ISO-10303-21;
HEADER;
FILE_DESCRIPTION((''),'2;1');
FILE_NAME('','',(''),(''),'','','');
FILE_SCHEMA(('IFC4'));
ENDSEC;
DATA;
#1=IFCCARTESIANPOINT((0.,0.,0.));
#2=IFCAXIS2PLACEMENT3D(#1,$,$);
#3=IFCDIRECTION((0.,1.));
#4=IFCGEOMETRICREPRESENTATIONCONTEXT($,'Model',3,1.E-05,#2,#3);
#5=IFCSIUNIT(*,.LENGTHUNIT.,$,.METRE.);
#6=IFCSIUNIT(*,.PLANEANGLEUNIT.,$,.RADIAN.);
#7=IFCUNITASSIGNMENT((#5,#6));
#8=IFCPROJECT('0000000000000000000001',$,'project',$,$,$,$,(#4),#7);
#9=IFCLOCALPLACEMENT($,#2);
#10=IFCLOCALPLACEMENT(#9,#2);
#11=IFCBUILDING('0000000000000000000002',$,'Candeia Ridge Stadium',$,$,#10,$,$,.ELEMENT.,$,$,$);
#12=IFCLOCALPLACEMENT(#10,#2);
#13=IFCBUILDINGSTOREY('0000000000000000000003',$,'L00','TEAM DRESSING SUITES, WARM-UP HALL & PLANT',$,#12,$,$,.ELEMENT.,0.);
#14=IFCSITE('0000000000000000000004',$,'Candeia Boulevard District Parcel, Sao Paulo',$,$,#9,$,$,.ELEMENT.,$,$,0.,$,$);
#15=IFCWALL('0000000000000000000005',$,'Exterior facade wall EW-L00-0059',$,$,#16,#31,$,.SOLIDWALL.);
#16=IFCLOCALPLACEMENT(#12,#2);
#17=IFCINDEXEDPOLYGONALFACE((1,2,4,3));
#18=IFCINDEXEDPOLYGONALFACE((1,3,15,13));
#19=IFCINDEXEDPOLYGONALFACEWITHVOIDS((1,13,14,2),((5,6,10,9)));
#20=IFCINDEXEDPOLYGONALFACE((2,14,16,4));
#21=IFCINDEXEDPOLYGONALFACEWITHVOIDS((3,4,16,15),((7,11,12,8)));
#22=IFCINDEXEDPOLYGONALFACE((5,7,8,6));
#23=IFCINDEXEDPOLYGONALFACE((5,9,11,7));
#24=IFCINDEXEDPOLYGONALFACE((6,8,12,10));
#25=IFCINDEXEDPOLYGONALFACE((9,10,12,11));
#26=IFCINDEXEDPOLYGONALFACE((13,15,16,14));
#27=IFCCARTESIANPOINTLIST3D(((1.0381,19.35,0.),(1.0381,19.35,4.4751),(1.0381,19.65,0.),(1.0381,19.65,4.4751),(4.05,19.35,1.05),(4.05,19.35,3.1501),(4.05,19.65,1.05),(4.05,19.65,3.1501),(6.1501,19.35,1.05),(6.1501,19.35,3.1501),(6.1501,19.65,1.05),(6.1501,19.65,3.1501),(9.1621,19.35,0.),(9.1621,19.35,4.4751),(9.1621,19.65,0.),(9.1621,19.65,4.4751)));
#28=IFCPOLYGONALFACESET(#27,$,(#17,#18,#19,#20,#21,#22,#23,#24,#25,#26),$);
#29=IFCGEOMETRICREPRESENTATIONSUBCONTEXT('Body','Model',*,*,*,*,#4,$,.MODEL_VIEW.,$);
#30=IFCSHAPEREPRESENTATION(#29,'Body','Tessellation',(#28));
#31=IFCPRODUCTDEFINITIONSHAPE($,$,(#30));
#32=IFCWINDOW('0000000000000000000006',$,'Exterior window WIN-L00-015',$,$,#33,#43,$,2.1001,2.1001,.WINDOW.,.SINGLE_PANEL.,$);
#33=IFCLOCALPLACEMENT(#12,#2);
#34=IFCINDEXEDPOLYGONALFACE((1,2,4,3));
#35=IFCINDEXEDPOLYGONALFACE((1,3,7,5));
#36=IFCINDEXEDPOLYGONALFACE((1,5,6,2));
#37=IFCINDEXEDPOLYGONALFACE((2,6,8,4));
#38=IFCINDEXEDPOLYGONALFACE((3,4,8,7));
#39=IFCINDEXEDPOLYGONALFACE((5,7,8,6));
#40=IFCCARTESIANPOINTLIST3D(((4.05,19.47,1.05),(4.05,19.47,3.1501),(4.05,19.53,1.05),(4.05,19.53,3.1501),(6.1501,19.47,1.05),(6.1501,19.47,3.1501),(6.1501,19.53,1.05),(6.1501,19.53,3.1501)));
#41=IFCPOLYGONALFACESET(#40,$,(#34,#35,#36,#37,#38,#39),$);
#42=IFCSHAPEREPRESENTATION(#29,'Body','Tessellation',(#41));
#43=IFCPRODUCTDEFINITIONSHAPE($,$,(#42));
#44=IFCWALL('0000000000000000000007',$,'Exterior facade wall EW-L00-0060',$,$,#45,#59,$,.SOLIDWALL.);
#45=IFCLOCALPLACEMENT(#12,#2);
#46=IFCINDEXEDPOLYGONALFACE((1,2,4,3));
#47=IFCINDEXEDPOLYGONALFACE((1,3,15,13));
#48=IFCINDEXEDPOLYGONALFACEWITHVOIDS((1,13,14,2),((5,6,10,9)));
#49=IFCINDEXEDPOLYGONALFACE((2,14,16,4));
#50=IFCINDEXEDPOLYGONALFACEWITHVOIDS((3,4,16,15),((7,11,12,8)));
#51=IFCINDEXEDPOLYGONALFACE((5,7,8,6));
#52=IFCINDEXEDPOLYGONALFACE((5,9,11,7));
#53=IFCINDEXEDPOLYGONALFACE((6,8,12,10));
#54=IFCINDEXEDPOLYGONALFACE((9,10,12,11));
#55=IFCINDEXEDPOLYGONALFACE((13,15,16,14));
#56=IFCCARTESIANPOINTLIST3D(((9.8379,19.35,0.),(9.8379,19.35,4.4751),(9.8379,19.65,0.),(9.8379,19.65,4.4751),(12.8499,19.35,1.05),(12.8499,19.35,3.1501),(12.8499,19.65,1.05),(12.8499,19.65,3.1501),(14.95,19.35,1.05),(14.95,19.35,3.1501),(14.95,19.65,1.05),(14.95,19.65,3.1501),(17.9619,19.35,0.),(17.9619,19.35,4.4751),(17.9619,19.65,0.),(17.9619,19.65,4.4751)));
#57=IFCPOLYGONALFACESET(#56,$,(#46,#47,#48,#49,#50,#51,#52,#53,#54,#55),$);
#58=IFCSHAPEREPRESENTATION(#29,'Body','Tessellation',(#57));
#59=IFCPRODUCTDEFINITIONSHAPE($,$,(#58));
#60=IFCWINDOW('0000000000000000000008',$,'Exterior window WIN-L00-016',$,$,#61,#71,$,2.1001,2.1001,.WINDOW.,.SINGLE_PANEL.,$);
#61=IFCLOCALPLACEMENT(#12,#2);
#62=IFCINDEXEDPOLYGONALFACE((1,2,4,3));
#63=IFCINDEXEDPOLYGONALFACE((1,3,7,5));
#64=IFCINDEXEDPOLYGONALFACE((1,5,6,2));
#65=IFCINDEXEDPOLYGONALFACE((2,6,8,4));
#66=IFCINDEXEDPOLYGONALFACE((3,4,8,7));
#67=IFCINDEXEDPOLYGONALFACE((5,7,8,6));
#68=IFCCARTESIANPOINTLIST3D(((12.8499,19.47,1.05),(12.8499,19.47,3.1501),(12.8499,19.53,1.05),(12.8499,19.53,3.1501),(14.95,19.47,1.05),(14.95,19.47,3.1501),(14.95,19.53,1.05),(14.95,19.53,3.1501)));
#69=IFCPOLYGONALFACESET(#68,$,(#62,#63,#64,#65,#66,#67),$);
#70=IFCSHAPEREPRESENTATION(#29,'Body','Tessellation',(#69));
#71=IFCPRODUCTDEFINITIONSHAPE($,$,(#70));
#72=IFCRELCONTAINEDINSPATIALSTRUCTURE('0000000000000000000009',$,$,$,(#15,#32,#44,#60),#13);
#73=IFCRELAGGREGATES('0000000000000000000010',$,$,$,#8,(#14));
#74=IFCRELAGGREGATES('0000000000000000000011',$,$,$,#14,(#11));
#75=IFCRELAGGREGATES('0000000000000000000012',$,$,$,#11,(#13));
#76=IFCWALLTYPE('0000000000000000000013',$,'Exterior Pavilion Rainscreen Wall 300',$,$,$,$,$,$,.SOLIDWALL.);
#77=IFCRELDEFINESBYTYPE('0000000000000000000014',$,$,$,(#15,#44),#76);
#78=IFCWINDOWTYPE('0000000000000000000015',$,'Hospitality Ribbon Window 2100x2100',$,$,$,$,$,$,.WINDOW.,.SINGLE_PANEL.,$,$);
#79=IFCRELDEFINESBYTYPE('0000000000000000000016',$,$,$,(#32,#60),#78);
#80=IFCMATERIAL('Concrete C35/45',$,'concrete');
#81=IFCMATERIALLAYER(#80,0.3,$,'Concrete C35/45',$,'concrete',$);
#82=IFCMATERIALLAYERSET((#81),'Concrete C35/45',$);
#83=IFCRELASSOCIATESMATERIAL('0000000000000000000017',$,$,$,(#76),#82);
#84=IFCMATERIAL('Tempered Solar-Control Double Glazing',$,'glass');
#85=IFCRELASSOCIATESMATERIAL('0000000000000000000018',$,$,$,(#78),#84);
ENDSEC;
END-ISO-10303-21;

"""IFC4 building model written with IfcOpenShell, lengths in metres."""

from ifc_helpers import new_model, si_unit, direction, frame, frame_2d, origin, place, context, subcontext, project, spatial, rectangle, extrude, material, layer, layer_set, type_object, element, fill, save


model = new_model("IFC4")

# Units and contexts
model_context = context("Model", 3, precision=1e-05, world=origin(), true_north=direction((0.0, 1.0)))
body_context = subcontext(model_context, "Body", "Model", "MODEL_VIEW")
ifc_project = project(units=[si_unit("LENGTHUNIT", "METRE"), si_unit("PLANEANGLEUNIT", "RADIAN")], contexts=[model_context])

# Site, building, storey
site_placement = place(None, origin())
site = spatial("IfcSite", under=ifc_project, at=site_placement, Name="Candeia Boulevard District Parcel, Sao Paulo", CompositionType="ELEMENT", RefElevation=0.0)
building_placement = place(site_placement, origin())
building = spatial("IfcBuilding", under=site, at=building_placement, Name="Candeia Ridge Stadium", CompositionType="ELEMENT")
storey_placement = place(building_placement, origin())
storey = spatial("IfcBuildingStorey", under=building, at=storey_placement, Name="L00", Description="TEAM DRESSING SUITES, WARM-UP HALL & PLANT", CompositionType="ELEMENT", Elevation=0.0)

# Shared definitions
ifc_material_1 = material(Name="Concrete C35/45", Category="concrete")

# Walls, openings, windows
ifc_layer_1 = layer(ifc_material_1, 0.3, Name="Concrete C35/45", Category="concrete")
ifc_layer_set_1 = layer_set([ifc_layer_1], Name="Concrete C35/45")
wall_type_1 = type_object("IfcWallType", Name="Exterior Pavilion Rainscreen Wall 300", PredefinedType="SOLIDWALL", material=ifc_layer_set_1)
wall_1_placement = place(storey_placement, frame((1.0381, 19.5, 0.0), z_axis=(0.0, 0.0, 1.0), x_axis=(1.0, 0.0, 0.0)))
wall_1 = element("IfcWall", 1, at=wall_1_placement, inside=storey, type_object=wall_type_1, Name="Exterior facade wall EW-L00-0059", PredefinedType="SOLIDWALL", context=body_context, shape_type="SweptSolid", body=[
    extrude(rectangle(XDim=8.124, YDim=0.3, at=frame_2d((4.062, 0.0))), origin(), (0.0, 0.0, 1.0), 4.4751),
])
opening_1_placement = place(wall_1_placement, frame((3.012, 0.0, 1.05)))
opening_1 = element("IfcOpeningElement", 2, at=opening_1_placement, cuts=wall_1, PredefinedType="OPENING", context=body_context, shape_type="SweptSolid", body=[
    extrude(rectangle(XDim=2.1001, YDim=2.1001, at=frame_2d((1.05, 1.05))), frame((0.0, 0.1599, 0.0), z_axis=(0.0, -1.0, 0.0), x_axis=(1.0, 0.0, 0.0)), (0.0, 0.0, 1.0), 0.3201),
])
ifc_material_2 = material(Name="Tempered Solar-Control Double Glazing", Category="glass")
window_type = type_object("IfcWindowType", Name="Hospitality Ribbon Window 2100x2100", PartitioningType="SINGLE_PANEL", PredefinedType="WINDOW", material=ifc_material_2)
window_1_placement = place(opening_1_placement, origin())
window_1 = element("IfcWindow", 3, at=window_1_placement, inside=storey, type_object=window_type, Name="Exterior window WIN-L00-015", OverallHeight=2.1001, OverallWidth=2.1001, PartitioningType="SINGLE_PANEL", PredefinedType="WINDOW", context=body_context, shape_type="SweptSolid", body=[
    extrude(rectangle(XDim=2.1001, YDim=2.1001, at=frame_2d((1.05, 1.05))), frame((0.0, 0.03, 0.0), z_axis=(0.0, -1.0, 0.0), x_axis=(1.0, 0.0, 0.0)), (0.0, 0.0, 1.0), 0.0601),
])
fill(opening_1, window_1)
wall_2_placement = place(storey_placement, frame((9.8379, 19.5, 0.0), z_axis=(0.0, 0.0, 1.0), x_axis=(1.0, 0.0, 0.0)))
wall_2 = element("IfcWall", 4, at=wall_2_placement, inside=storey, type_object=wall_type_1, Name="Exterior facade wall EW-L00-0060", PredefinedType="SOLIDWALL", context=body_context, shape_type="SweptSolid", body=[
    extrude(rectangle(XDim=8.124, YDim=0.3, at=frame_2d((4.062, 0.0))), origin(), (0.0, 0.0, 1.0), 4.4751),
])
opening_2_placement = place(wall_2_placement, frame((3.012, 0.0, 1.05)))
opening_2 = element("IfcOpeningElement", 5, at=opening_2_placement, cuts=wall_2, PredefinedType="OPENING", context=body_context, shape_type="SweptSolid", body=[
    extrude(rectangle(XDim=2.1001, YDim=2.1001, at=frame_2d((1.05, 1.05))), frame((0.0, 0.1599, 0.0), z_axis=(0.0, -1.0, 0.0), x_axis=(1.0, 0.0, 0.0)), (0.0, 0.0, 1.0), 0.3201),
])
window_2_placement = place(opening_2_placement, origin())
window_2 = element("IfcWindow", 6, at=window_2_placement, inside=storey, type_object=window_type, Name="Exterior window WIN-L00-016", OverallHeight=2.1001, OverallWidth=2.1001, PartitioningType="SINGLE_PANEL", PredefinedType="WINDOW", context=body_context, shape_type="SweptSolid", body=[
    extrude(rectangle(XDim=2.1001, YDim=2.1001, at=frame_2d((1.05, 1.05))), frame((0.0, 0.03, 0.0), z_axis=(0.0, -1.0, 0.0), x_axis=(1.0, 0.0, 0.0)), (0.0, 0.0, 1.0), 0.0601),
])
fill(opening_2, window_2)

save(model, "model.ifc")
